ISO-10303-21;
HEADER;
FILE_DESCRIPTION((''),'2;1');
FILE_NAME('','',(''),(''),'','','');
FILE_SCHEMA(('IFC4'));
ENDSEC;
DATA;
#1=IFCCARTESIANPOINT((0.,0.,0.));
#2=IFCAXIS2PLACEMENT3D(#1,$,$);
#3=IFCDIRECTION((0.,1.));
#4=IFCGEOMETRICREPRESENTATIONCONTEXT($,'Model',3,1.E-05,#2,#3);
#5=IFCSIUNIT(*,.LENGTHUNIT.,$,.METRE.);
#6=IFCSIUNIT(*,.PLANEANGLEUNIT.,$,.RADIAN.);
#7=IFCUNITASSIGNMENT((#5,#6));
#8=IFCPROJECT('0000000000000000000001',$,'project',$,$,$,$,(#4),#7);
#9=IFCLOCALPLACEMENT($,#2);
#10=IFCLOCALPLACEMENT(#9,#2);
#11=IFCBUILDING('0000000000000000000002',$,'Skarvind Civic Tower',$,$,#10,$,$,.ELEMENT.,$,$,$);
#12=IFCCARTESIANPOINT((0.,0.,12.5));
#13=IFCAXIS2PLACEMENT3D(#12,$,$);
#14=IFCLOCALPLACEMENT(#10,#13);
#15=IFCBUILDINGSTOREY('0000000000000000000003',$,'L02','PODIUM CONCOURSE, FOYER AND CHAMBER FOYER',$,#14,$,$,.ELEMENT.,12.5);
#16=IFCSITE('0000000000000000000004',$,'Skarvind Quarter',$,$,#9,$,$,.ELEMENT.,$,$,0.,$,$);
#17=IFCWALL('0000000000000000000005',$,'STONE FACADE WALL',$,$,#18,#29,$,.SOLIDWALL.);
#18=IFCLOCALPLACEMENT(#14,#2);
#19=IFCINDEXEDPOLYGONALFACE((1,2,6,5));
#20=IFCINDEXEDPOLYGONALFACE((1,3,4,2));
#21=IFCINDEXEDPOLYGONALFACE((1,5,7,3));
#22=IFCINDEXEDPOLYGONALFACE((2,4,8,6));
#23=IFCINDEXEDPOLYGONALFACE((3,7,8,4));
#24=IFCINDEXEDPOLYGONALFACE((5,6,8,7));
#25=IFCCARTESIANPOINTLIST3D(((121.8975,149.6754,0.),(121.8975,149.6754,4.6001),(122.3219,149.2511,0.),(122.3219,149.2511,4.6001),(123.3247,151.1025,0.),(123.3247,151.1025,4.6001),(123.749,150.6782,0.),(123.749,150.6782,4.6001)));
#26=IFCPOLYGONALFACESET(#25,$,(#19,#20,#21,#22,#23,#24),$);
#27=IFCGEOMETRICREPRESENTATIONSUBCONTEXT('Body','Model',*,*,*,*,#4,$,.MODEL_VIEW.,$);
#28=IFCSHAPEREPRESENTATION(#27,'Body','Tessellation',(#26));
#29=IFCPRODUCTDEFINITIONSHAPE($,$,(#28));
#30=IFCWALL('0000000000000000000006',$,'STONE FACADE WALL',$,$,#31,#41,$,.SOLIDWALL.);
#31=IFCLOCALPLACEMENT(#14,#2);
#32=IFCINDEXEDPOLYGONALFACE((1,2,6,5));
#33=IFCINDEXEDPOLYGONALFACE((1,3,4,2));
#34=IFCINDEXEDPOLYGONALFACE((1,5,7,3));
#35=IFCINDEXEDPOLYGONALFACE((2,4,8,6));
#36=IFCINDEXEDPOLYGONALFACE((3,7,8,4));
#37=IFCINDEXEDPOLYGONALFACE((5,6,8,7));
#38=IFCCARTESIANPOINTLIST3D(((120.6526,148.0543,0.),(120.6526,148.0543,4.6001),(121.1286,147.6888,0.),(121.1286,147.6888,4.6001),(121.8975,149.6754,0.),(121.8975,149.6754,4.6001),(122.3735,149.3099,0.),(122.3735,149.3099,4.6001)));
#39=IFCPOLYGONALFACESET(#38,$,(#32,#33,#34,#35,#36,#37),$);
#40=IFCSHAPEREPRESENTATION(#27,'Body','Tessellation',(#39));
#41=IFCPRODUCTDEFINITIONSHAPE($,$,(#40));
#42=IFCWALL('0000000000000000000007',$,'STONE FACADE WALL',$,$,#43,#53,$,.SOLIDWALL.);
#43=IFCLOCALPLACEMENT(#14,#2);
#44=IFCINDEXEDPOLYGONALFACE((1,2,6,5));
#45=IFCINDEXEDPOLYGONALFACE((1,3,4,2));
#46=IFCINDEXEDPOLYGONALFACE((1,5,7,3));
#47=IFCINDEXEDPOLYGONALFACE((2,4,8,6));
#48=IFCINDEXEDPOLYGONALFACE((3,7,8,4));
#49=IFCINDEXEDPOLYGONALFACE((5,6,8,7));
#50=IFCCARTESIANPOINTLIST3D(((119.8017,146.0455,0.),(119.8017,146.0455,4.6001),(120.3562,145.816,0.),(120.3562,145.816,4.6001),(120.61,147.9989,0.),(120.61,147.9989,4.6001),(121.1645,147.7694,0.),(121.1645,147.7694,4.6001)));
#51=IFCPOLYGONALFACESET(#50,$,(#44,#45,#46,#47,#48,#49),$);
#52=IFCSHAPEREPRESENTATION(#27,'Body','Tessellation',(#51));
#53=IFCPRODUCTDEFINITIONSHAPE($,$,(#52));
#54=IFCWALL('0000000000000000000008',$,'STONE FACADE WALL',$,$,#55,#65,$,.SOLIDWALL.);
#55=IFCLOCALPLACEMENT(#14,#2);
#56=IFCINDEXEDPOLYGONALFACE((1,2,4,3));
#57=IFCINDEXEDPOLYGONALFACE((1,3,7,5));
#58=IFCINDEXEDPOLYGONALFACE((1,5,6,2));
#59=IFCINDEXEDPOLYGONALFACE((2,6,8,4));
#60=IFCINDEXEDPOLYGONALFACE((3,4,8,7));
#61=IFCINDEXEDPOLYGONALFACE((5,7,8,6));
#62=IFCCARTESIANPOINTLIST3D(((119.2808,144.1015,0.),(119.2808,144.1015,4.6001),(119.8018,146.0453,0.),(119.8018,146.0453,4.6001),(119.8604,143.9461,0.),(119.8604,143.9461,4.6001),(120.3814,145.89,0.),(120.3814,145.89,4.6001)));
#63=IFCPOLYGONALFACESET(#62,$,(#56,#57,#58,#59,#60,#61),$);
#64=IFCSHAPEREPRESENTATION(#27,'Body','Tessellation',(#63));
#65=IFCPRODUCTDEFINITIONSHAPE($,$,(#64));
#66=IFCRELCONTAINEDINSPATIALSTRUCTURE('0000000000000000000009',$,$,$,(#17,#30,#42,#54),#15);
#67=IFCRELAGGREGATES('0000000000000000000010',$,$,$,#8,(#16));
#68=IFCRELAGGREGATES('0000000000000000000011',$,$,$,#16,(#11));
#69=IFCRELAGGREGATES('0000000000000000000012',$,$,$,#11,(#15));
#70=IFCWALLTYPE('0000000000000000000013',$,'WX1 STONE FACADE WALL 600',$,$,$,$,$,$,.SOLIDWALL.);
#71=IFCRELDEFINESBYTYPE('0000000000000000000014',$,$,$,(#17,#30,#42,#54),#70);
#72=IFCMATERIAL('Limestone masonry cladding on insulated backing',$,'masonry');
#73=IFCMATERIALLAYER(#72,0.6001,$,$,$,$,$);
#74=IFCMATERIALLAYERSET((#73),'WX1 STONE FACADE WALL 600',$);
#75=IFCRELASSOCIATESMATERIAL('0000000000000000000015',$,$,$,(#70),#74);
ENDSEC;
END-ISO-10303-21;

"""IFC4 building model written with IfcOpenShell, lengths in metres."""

from ifc_helpers import new_model, si_unit, direction, frame, frame_2d, origin, place, context, subcontext, project, spatial, rectangle, extrude, material, layer, layer_set, type_object, element, save


model = new_model("IFC4")

# Units and contexts
model_context = context("Model", 3, precision=1e-05, world=origin(), true_north=direction((0.0, 1.0)))
body_context = subcontext(model_context, "Body", "Model", "MODEL_VIEW")
ifc_project = project(units=[si_unit("LENGTHUNIT", "METRE"), si_unit("PLANEANGLEUNIT", "RADIAN")], contexts=[model_context])

# Site, building, storey
site_placement = place(None, origin())
site = spatial("IfcSite", under=ifc_project, at=site_placement, Name="Skarvind Quarter", CompositionType="ELEMENT", RefElevation=0.0)
building_placement = place(site_placement, origin())
building = spatial("IfcBuilding", under=site, at=building_placement, Name="Skarvind Civic Tower", CompositionType="ELEMENT")
storey_placement = place(building_placement, frame((0.0, 0.0, 12.5)))
storey = spatial("IfcBuildingStorey", under=building, at=storey_placement, Name="L02", Description="PODIUM CONCOURSE, FOYER AND CHAMBER FOYER", CompositionType="ELEMENT", Elevation=12.5)

# Shared definitions
ifc_material_1 = material(Name="Limestone masonry cladding on insulated backing", Category="masonry")
ifc_layer_1 = layer(ifc_material_1, 0.6001)
ifc_layer_set_1 = layer_set([ifc_layer_1], Name="WX1 STONE FACADE WALL 600")
wall_type_1 = type_object("IfcWallType", Name="WX1 STONE FACADE WALL 600", PredefinedType="SOLIDWALL", material=ifc_layer_set_1)

# Walls
wall_1_placement = place(storey_placement, frame((122.1096, 149.4631, 0.0), z_axis=(0.0, 0.0, 1.0), x_axis=(0.707107, 0.707107, 0.0)))
element("IfcWall", 1, at=wall_1_placement, inside=storey, type_object=wall_type_1, Name="STONE FACADE WALL", PredefinedType="SOLIDWALL", context=body_context, shape_type="SweptSolid", body=[
    extrude(rectangle(XDim=2.0183, YDim=0.6001, at=frame_2d((1.0093, 0.0))), origin(), (0.0, 0.0, 1.0), 4.6001),
])
wall_2_placement = place(storey_placement, frame((120.8906, 147.8716, 0.0), z_axis=(0.0, 0.0, 1.0), x_axis=(0.609058, 0.793125, 0.0)))
element("IfcWall", 2, at=wall_2_placement, inside=storey, type_object=wall_type_1, Name="STONE FACADE WALL", PredefinedType="SOLIDWALL", context=body_context, shape_type="SweptSolid", body=[
    extrude(rectangle(XDim=2.0439, YDim=0.6001, at=frame_2d((1.022, 0.0))), origin(), (0.0, 0.0, 1.0), 4.6001),
])
wall_3_placement = place(storey_placement, frame((120.0789, 145.9307, 0.0), z_axis=(0.0, 0.0, 1.0), x_axis=(0.382376, 0.924007, 0.0)))
element("IfcWall", 3, at=wall_3_placement, inside=storey, type_object=wall_type_1, Name="STONE FACADE WALL", PredefinedType="SOLIDWALL", context=body_context, shape_type="SweptSolid", body=[
    extrude(rectangle(XDim=2.114, YDim=0.6001, at=frame_2d((1.0571, 0.0))), origin(), (0.0, 0.0, 1.0), 4.6001),
])
wall_4_placement = place(storey_placement, frame((119.5706, 144.0237, 0.0), z_axis=(0.0, 0.0, 1.0), x_axis=(0.258886, 0.965908, 0.0)))
element("IfcWall", 4, at=wall_4_placement, inside=storey, type_object=wall_type_1, Name="STONE FACADE WALL", PredefinedType="SOLIDWALL", context=body_context, shape_type="SweptSolid", body=[
    extrude(rectangle(XDim=2.0125, YDim=0.6001, at=frame_2d((1.0063, 0.0))), origin(), (0.0, 0.0, 1.0), 4.6001),
])

save(model, "model.ifc")
